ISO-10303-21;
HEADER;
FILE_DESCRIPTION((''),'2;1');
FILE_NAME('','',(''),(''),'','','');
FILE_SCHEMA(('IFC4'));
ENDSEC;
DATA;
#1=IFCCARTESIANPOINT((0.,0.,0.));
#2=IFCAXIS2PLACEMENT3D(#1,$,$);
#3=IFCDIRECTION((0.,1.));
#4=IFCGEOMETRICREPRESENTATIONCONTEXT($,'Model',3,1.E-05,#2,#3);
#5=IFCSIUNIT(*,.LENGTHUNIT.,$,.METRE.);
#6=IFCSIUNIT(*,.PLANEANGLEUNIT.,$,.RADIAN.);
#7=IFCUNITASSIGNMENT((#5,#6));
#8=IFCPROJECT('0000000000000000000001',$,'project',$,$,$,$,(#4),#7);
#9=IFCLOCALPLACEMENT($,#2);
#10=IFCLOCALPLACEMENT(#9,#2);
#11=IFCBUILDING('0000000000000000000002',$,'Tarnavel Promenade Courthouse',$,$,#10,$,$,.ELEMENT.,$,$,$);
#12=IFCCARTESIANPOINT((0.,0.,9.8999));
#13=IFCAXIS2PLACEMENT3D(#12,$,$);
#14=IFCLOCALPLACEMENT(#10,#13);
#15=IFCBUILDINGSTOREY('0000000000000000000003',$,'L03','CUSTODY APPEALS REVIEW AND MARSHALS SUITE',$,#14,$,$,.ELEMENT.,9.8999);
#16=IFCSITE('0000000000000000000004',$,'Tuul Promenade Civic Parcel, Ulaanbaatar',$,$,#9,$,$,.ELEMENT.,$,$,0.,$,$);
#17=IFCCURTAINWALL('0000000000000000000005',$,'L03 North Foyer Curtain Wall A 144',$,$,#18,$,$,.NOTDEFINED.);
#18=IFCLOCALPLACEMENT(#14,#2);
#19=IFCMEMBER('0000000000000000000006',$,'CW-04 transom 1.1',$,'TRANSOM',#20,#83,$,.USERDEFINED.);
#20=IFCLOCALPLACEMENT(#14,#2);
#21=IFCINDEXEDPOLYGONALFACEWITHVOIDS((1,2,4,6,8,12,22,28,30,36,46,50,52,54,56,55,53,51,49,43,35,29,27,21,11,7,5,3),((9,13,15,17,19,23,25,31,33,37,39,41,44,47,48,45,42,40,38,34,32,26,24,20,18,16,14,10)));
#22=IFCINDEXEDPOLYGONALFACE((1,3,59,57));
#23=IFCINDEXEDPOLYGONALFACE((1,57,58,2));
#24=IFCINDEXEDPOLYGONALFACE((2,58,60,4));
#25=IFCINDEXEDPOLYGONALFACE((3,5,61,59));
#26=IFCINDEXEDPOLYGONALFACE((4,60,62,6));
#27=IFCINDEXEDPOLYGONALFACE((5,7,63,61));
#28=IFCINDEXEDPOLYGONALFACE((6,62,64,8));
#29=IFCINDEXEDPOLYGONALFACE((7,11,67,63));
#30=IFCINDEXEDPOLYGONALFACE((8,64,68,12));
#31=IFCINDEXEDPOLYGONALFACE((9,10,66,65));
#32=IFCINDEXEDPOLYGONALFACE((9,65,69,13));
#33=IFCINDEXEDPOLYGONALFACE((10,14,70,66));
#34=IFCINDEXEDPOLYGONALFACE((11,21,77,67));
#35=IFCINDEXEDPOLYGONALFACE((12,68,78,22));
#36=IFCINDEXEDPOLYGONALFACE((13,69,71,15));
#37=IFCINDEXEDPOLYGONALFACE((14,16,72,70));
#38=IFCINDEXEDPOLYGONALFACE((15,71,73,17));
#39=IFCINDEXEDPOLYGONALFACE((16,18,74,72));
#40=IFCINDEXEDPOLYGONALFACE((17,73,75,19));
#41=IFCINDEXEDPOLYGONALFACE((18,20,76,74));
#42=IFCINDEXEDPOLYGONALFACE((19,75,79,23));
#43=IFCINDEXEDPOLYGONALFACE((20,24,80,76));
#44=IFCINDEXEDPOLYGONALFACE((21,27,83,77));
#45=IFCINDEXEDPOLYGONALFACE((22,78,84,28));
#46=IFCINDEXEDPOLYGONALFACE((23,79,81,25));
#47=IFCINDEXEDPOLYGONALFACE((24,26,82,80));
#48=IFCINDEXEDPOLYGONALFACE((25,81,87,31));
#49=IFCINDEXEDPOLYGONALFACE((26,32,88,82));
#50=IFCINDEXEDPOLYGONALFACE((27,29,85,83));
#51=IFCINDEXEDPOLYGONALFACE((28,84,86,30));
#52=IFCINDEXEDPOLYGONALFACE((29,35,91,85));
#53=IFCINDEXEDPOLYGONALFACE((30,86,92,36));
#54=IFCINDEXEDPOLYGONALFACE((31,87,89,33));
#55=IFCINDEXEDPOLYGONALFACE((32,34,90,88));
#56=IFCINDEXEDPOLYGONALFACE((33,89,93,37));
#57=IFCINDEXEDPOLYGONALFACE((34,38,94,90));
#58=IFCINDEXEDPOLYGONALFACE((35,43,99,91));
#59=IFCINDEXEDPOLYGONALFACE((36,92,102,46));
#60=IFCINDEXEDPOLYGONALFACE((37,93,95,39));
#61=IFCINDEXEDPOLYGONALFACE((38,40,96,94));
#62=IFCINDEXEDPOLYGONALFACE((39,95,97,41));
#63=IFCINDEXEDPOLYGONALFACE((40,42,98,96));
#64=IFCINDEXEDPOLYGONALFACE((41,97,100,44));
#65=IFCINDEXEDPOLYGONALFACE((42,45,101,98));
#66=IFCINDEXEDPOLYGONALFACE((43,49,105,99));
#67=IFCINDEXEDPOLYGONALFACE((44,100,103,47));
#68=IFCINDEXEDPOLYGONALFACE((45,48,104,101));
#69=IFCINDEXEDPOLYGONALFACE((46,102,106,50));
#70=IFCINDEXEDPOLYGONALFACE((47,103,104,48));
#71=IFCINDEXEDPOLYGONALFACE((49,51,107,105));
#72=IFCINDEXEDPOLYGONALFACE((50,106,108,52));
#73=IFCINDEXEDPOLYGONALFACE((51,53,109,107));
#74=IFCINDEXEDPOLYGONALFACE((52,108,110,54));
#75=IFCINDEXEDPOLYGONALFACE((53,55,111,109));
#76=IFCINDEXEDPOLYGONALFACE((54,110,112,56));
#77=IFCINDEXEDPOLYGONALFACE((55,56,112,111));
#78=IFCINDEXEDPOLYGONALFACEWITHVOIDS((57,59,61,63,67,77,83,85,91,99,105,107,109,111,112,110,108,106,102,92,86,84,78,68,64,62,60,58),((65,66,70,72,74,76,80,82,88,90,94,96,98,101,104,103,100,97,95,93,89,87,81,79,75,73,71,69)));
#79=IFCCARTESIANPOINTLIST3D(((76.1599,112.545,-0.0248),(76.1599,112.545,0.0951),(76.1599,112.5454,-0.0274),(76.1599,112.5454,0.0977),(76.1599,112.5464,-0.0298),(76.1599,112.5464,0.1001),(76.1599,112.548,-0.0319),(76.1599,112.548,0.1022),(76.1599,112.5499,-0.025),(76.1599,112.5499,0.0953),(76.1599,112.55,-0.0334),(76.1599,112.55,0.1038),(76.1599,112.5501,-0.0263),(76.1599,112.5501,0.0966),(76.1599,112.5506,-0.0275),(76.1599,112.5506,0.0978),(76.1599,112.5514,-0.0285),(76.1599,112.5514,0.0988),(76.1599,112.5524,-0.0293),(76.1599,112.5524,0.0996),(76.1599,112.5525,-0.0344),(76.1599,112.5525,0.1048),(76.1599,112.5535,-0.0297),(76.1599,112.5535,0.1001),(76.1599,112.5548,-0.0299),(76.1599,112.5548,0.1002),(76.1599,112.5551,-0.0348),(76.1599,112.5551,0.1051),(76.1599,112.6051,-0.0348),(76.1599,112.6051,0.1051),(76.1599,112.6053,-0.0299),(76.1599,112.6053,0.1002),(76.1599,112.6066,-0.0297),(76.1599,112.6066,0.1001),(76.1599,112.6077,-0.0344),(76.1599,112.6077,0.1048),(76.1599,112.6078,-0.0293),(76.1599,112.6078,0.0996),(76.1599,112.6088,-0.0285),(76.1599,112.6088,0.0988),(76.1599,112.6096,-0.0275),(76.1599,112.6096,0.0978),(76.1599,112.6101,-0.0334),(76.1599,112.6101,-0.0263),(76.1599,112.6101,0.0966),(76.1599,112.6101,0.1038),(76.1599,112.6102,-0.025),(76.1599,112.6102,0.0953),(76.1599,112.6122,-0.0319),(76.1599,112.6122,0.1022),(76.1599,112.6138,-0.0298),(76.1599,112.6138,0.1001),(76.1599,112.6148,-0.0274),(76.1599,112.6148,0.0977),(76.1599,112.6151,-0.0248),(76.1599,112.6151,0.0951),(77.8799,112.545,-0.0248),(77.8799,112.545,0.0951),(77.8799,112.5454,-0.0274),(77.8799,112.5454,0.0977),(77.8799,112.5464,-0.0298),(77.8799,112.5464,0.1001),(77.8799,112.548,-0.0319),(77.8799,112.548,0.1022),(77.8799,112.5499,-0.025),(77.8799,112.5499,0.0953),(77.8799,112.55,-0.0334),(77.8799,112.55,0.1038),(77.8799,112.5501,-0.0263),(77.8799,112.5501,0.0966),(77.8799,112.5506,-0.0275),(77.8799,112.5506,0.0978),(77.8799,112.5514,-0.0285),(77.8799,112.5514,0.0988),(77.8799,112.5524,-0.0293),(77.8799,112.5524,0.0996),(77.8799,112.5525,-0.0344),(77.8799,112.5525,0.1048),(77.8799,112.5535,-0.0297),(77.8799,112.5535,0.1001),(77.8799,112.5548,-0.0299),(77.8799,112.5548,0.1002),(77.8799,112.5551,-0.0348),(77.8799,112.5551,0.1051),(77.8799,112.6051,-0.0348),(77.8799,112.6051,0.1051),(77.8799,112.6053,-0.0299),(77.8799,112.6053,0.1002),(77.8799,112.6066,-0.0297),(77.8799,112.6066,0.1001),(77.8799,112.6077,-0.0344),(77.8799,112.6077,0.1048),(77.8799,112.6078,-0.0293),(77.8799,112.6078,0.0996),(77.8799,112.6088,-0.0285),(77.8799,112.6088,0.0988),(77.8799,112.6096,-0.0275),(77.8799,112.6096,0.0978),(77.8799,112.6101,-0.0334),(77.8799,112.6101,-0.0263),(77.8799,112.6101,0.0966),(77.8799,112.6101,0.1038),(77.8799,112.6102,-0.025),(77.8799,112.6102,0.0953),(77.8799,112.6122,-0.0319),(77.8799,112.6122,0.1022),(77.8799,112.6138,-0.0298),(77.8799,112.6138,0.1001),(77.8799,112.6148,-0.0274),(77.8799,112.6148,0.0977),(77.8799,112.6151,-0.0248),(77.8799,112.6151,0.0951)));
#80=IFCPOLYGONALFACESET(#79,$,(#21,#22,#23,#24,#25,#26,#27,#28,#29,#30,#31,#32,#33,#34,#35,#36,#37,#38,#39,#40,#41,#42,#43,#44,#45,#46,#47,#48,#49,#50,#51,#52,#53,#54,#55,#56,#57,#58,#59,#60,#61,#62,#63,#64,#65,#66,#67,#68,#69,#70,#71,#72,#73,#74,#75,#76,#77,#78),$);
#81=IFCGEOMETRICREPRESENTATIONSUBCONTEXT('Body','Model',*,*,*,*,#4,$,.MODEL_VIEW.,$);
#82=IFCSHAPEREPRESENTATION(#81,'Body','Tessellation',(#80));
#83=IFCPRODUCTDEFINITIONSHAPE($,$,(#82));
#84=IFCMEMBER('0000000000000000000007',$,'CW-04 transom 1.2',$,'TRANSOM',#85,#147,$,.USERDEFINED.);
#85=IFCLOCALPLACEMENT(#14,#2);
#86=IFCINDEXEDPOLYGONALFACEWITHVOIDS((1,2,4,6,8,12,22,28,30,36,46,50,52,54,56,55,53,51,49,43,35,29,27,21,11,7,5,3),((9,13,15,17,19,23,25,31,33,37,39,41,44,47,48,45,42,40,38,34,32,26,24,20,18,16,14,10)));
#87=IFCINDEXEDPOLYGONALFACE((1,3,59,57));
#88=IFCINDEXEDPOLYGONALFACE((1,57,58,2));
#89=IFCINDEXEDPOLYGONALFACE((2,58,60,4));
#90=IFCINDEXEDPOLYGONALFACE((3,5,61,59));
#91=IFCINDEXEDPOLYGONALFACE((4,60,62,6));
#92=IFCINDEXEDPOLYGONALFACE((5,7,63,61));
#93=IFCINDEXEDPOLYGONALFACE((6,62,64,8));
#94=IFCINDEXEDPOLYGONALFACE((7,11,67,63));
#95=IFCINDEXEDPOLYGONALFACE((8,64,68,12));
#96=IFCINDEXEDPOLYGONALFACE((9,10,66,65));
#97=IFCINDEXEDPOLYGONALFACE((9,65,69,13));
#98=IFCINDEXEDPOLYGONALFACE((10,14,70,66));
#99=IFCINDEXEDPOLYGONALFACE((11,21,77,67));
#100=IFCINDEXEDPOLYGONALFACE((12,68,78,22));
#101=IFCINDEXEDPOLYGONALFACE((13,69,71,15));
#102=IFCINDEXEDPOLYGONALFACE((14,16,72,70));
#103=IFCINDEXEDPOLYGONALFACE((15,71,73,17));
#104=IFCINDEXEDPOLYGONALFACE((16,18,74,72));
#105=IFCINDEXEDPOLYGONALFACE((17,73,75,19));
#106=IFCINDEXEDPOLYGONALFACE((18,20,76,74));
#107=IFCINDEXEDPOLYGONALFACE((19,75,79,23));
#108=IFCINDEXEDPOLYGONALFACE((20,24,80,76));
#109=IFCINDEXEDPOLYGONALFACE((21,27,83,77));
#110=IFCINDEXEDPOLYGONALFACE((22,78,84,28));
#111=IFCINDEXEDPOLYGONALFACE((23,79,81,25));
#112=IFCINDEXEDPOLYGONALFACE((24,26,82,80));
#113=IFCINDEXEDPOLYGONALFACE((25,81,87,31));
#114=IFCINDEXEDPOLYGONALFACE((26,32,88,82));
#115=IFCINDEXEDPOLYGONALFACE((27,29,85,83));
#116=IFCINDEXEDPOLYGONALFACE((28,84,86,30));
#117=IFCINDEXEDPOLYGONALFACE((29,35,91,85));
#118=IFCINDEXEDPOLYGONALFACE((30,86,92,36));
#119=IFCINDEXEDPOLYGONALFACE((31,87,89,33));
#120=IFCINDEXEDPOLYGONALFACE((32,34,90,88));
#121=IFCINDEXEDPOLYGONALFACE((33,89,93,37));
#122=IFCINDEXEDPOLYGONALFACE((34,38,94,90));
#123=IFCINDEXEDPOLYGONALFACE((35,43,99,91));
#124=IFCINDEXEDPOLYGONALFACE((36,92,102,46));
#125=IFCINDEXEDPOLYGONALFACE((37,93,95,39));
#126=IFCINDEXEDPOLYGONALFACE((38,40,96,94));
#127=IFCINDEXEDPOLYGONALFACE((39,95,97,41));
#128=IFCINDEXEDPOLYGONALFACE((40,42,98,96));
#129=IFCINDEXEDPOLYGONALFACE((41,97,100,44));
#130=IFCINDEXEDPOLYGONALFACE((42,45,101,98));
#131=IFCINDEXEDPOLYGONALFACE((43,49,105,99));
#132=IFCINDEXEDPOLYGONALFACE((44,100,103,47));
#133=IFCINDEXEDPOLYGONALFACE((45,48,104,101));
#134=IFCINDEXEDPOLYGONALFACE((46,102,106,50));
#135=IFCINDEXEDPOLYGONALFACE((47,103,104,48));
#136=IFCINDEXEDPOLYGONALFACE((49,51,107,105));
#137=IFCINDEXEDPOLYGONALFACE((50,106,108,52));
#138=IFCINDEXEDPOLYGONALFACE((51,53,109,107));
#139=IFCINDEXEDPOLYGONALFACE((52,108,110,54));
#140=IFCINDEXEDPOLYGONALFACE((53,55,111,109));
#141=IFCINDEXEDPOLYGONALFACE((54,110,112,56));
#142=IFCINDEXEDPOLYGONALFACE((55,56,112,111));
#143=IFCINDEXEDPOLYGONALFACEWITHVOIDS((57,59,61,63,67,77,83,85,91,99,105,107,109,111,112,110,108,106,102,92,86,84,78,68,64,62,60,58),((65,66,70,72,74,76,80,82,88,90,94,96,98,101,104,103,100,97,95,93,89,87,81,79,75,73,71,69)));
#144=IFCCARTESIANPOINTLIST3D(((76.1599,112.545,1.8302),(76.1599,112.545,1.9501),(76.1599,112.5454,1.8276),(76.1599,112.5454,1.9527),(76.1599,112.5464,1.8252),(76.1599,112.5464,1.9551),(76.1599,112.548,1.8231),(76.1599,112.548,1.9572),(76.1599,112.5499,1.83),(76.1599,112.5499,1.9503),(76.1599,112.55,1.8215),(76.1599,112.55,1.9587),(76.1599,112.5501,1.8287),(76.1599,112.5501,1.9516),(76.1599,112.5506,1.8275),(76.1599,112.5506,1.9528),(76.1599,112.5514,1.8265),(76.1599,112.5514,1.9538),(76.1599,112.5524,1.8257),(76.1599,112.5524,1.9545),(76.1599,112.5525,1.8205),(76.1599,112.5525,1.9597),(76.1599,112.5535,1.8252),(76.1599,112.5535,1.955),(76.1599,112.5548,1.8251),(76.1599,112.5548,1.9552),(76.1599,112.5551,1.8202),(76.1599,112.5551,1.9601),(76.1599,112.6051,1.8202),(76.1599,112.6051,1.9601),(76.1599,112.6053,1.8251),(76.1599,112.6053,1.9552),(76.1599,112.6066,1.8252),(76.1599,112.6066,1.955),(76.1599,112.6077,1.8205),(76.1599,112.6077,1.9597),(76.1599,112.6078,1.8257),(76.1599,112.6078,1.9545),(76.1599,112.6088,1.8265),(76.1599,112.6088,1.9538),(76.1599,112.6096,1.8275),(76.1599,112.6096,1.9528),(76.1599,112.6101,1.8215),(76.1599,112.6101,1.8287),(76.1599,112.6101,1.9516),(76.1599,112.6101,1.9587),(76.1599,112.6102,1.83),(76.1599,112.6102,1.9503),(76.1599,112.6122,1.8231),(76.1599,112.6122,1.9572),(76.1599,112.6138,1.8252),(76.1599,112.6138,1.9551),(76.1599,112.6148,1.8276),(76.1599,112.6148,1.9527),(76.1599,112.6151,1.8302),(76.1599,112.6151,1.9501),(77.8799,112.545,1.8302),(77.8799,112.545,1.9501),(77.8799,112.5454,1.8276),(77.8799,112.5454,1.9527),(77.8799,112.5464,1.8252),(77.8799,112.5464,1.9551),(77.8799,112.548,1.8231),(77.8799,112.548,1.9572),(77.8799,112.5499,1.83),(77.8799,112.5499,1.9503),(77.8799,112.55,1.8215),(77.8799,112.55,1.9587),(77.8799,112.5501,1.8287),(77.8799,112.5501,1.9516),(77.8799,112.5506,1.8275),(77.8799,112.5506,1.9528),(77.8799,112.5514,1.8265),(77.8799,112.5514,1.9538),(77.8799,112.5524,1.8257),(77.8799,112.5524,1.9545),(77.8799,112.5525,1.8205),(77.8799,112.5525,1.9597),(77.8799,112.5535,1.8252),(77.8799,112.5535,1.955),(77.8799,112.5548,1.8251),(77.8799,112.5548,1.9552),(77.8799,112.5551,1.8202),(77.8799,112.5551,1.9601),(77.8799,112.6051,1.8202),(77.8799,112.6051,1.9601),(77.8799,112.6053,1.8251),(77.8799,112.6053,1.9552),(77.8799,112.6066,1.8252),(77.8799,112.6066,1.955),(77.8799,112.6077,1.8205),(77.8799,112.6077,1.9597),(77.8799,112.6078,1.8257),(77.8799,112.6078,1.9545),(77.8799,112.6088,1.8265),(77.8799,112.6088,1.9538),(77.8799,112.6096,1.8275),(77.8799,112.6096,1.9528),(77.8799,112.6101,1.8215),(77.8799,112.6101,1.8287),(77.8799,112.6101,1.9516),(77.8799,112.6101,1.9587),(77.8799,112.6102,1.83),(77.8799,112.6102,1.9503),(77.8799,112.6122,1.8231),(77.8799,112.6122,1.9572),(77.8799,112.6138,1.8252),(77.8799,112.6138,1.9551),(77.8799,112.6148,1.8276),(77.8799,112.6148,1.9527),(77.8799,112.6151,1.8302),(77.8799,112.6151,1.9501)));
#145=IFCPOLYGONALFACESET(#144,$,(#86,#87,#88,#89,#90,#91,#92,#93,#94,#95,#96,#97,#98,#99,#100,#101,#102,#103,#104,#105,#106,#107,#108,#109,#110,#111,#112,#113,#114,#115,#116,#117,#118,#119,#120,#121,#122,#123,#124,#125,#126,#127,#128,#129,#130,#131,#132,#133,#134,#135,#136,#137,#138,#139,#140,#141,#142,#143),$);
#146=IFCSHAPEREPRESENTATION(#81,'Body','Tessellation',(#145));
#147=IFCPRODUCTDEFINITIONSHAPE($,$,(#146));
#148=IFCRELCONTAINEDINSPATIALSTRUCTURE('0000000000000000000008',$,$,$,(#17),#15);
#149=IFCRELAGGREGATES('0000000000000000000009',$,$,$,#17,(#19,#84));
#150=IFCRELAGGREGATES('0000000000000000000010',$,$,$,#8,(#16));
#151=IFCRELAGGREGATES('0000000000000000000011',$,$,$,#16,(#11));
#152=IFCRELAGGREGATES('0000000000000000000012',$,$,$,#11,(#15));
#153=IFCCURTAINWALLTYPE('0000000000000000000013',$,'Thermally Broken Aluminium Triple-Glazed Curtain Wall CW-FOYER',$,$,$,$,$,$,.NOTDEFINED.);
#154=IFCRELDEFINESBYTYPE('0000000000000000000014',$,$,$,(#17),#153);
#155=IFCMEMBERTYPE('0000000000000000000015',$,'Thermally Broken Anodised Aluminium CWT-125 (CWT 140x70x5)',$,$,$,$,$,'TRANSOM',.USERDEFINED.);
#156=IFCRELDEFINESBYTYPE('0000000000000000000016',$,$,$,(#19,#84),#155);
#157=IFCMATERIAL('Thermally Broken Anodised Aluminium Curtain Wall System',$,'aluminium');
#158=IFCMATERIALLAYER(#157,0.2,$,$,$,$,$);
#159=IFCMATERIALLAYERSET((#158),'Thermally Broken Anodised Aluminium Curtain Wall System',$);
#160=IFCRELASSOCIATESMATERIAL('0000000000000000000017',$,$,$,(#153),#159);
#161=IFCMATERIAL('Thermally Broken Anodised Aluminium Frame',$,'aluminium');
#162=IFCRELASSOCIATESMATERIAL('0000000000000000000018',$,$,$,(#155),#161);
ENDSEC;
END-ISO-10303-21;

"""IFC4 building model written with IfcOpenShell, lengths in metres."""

from ifc_helpers import new_model, si_unit, direction, frame, origin, origin_2d, place, context, subcontext, project, spatial, hollow_rectangle, extrude, material, layer, layer_set, material_profile, profile_set, type_object, element, aggregate, save


model = new_model("IFC4")

# Units and contexts
model_context = context("Model", 3, precision=1e-05, world=origin(), true_north=direction((0.0, 1.0)))
body_context = subcontext(model_context, "Body", "Model", "MODEL_VIEW")
ifc_project = project(units=[si_unit("LENGTHUNIT", "METRE"), si_unit("PLANEANGLEUNIT", "RADIAN")], contexts=[model_context])

# Site, building, storey
site_placement = place(None, origin())
site = spatial("IfcSite", under=ifc_project, at=site_placement, Name="Tuul Promenade Civic Parcel, Ulaanbaatar", CompositionType="ELEMENT", RefElevation=0.0)
building_placement = place(site_placement, origin())
building = spatial("IfcBuilding", under=site, at=building_placement, Name="Tarnavel Promenade Courthouse", CompositionType="ELEMENT")
storey_placement = place(building_placement, frame((0.0, 0.0, 9.8999)))
storey = spatial("IfcBuildingStorey", under=building, at=storey_placement, Name="L03", Description="CUSTODY APPEALS REVIEW AND MARSHALS SUITE", CompositionType="ELEMENT", Elevation=9.8999)

# Curtain wall
ifc_material_1 = material(Name="Thermally Broken Anodised Aluminium Curtain Wall System", Category="aluminium")
ifc_layer_1 = layer(ifc_material_1, 0.2)
ifc_layer_set_1 = layer_set([ifc_layer_1], Name="Thermally Broken Anodised Aluminium Curtain Wall System")
curtain_wall_type = type_object("IfcCurtainWallType", Name="Thermally Broken Aluminium Triple-Glazed Curtain Wall CW-FOYER", PredefinedType="NOTDEFINED", material=ifc_layer_set_1)
ifc_material_2 = material(Name="Thermally Broken Anodised Aluminium Frame", Category="aluminium")
curtain_wall_1_placement = place(storey_placement, origin())
curtain_wall_1 = element("IfcCurtainWall", 1, at=curtain_wall_1_placement, inside=storey, type_object=curtain_wall_type, Name="L03 North Foyer Curtain Wall A 144", PredefinedType="NOTDEFINED")

# Members
ifc_material_profile_1 = material_profile(ifc_material_2, hollow_rectangle(XDim=0.0701, YDim=0.1399, WallThickness=0.0049, InnerFilletRadius=0.0049, OuterFilletRadius=0.01, at=origin_2d()), Name="CWT 140x70x5")
ifc_profile_set_1 = profile_set([ifc_material_profile_1], Name="Thermally Broken Anodised Aluminium Frame")
member_type_1 = type_object("IfcMemberType", Name="Thermally Broken Anodised Aluminium CWT-125 (CWT 140x70x5)", ElementType="TRANSOM", PredefinedType="USERDEFINED", material=ifc_profile_set_1)
member_1_placement = place(storey_placement, frame((76.1599, 112.5801, 0.0352), z_axis=(1.0, 0.0, 0.0), x_axis=(0.0, 1.0, 0.0)))
member_1 = element("IfcMember", 2, at=member_1_placement, type_object=member_type_1, Name="CW-04 transom 1.1", ObjectType="TRANSOM", PredefinedType="USERDEFINED", context=body_context, shape_type="SweptSolid", body=[
    extrude(hollow_rectangle(XDim=0.0701, YDim=0.1399, WallThickness=0.0049, InnerFilletRadius=0.0049, OuterFilletRadius=0.01, at=origin_2d()), origin(), (0.0, 0.0, 1.0), 1.72),
])
member_2_placement = place(storey_placement, frame((76.1599, 112.5801, 1.8901), z_axis=(1.0, 0.0, 0.0), x_axis=(0.0, 1.0, 0.0)))
member_2 = element("IfcMember", 3, at=member_2_placement, type_object=member_type_1, Name="CW-04 transom 1.2", ObjectType="TRANSOM", PredefinedType="USERDEFINED", context=body_context, shape_type="SweptSolid", body=[
    extrude(hollow_rectangle(XDim=0.0701, YDim=0.1399, WallThickness=0.0049, InnerFilletRadius=0.0049, OuterFilletRadius=0.01, at=origin_2d()), origin(), (0.0, 0.0, 1.0), 1.72),
])

aggregate(curtain_wall_1, [member_1, member_2])

save(model, "model.ifc")
